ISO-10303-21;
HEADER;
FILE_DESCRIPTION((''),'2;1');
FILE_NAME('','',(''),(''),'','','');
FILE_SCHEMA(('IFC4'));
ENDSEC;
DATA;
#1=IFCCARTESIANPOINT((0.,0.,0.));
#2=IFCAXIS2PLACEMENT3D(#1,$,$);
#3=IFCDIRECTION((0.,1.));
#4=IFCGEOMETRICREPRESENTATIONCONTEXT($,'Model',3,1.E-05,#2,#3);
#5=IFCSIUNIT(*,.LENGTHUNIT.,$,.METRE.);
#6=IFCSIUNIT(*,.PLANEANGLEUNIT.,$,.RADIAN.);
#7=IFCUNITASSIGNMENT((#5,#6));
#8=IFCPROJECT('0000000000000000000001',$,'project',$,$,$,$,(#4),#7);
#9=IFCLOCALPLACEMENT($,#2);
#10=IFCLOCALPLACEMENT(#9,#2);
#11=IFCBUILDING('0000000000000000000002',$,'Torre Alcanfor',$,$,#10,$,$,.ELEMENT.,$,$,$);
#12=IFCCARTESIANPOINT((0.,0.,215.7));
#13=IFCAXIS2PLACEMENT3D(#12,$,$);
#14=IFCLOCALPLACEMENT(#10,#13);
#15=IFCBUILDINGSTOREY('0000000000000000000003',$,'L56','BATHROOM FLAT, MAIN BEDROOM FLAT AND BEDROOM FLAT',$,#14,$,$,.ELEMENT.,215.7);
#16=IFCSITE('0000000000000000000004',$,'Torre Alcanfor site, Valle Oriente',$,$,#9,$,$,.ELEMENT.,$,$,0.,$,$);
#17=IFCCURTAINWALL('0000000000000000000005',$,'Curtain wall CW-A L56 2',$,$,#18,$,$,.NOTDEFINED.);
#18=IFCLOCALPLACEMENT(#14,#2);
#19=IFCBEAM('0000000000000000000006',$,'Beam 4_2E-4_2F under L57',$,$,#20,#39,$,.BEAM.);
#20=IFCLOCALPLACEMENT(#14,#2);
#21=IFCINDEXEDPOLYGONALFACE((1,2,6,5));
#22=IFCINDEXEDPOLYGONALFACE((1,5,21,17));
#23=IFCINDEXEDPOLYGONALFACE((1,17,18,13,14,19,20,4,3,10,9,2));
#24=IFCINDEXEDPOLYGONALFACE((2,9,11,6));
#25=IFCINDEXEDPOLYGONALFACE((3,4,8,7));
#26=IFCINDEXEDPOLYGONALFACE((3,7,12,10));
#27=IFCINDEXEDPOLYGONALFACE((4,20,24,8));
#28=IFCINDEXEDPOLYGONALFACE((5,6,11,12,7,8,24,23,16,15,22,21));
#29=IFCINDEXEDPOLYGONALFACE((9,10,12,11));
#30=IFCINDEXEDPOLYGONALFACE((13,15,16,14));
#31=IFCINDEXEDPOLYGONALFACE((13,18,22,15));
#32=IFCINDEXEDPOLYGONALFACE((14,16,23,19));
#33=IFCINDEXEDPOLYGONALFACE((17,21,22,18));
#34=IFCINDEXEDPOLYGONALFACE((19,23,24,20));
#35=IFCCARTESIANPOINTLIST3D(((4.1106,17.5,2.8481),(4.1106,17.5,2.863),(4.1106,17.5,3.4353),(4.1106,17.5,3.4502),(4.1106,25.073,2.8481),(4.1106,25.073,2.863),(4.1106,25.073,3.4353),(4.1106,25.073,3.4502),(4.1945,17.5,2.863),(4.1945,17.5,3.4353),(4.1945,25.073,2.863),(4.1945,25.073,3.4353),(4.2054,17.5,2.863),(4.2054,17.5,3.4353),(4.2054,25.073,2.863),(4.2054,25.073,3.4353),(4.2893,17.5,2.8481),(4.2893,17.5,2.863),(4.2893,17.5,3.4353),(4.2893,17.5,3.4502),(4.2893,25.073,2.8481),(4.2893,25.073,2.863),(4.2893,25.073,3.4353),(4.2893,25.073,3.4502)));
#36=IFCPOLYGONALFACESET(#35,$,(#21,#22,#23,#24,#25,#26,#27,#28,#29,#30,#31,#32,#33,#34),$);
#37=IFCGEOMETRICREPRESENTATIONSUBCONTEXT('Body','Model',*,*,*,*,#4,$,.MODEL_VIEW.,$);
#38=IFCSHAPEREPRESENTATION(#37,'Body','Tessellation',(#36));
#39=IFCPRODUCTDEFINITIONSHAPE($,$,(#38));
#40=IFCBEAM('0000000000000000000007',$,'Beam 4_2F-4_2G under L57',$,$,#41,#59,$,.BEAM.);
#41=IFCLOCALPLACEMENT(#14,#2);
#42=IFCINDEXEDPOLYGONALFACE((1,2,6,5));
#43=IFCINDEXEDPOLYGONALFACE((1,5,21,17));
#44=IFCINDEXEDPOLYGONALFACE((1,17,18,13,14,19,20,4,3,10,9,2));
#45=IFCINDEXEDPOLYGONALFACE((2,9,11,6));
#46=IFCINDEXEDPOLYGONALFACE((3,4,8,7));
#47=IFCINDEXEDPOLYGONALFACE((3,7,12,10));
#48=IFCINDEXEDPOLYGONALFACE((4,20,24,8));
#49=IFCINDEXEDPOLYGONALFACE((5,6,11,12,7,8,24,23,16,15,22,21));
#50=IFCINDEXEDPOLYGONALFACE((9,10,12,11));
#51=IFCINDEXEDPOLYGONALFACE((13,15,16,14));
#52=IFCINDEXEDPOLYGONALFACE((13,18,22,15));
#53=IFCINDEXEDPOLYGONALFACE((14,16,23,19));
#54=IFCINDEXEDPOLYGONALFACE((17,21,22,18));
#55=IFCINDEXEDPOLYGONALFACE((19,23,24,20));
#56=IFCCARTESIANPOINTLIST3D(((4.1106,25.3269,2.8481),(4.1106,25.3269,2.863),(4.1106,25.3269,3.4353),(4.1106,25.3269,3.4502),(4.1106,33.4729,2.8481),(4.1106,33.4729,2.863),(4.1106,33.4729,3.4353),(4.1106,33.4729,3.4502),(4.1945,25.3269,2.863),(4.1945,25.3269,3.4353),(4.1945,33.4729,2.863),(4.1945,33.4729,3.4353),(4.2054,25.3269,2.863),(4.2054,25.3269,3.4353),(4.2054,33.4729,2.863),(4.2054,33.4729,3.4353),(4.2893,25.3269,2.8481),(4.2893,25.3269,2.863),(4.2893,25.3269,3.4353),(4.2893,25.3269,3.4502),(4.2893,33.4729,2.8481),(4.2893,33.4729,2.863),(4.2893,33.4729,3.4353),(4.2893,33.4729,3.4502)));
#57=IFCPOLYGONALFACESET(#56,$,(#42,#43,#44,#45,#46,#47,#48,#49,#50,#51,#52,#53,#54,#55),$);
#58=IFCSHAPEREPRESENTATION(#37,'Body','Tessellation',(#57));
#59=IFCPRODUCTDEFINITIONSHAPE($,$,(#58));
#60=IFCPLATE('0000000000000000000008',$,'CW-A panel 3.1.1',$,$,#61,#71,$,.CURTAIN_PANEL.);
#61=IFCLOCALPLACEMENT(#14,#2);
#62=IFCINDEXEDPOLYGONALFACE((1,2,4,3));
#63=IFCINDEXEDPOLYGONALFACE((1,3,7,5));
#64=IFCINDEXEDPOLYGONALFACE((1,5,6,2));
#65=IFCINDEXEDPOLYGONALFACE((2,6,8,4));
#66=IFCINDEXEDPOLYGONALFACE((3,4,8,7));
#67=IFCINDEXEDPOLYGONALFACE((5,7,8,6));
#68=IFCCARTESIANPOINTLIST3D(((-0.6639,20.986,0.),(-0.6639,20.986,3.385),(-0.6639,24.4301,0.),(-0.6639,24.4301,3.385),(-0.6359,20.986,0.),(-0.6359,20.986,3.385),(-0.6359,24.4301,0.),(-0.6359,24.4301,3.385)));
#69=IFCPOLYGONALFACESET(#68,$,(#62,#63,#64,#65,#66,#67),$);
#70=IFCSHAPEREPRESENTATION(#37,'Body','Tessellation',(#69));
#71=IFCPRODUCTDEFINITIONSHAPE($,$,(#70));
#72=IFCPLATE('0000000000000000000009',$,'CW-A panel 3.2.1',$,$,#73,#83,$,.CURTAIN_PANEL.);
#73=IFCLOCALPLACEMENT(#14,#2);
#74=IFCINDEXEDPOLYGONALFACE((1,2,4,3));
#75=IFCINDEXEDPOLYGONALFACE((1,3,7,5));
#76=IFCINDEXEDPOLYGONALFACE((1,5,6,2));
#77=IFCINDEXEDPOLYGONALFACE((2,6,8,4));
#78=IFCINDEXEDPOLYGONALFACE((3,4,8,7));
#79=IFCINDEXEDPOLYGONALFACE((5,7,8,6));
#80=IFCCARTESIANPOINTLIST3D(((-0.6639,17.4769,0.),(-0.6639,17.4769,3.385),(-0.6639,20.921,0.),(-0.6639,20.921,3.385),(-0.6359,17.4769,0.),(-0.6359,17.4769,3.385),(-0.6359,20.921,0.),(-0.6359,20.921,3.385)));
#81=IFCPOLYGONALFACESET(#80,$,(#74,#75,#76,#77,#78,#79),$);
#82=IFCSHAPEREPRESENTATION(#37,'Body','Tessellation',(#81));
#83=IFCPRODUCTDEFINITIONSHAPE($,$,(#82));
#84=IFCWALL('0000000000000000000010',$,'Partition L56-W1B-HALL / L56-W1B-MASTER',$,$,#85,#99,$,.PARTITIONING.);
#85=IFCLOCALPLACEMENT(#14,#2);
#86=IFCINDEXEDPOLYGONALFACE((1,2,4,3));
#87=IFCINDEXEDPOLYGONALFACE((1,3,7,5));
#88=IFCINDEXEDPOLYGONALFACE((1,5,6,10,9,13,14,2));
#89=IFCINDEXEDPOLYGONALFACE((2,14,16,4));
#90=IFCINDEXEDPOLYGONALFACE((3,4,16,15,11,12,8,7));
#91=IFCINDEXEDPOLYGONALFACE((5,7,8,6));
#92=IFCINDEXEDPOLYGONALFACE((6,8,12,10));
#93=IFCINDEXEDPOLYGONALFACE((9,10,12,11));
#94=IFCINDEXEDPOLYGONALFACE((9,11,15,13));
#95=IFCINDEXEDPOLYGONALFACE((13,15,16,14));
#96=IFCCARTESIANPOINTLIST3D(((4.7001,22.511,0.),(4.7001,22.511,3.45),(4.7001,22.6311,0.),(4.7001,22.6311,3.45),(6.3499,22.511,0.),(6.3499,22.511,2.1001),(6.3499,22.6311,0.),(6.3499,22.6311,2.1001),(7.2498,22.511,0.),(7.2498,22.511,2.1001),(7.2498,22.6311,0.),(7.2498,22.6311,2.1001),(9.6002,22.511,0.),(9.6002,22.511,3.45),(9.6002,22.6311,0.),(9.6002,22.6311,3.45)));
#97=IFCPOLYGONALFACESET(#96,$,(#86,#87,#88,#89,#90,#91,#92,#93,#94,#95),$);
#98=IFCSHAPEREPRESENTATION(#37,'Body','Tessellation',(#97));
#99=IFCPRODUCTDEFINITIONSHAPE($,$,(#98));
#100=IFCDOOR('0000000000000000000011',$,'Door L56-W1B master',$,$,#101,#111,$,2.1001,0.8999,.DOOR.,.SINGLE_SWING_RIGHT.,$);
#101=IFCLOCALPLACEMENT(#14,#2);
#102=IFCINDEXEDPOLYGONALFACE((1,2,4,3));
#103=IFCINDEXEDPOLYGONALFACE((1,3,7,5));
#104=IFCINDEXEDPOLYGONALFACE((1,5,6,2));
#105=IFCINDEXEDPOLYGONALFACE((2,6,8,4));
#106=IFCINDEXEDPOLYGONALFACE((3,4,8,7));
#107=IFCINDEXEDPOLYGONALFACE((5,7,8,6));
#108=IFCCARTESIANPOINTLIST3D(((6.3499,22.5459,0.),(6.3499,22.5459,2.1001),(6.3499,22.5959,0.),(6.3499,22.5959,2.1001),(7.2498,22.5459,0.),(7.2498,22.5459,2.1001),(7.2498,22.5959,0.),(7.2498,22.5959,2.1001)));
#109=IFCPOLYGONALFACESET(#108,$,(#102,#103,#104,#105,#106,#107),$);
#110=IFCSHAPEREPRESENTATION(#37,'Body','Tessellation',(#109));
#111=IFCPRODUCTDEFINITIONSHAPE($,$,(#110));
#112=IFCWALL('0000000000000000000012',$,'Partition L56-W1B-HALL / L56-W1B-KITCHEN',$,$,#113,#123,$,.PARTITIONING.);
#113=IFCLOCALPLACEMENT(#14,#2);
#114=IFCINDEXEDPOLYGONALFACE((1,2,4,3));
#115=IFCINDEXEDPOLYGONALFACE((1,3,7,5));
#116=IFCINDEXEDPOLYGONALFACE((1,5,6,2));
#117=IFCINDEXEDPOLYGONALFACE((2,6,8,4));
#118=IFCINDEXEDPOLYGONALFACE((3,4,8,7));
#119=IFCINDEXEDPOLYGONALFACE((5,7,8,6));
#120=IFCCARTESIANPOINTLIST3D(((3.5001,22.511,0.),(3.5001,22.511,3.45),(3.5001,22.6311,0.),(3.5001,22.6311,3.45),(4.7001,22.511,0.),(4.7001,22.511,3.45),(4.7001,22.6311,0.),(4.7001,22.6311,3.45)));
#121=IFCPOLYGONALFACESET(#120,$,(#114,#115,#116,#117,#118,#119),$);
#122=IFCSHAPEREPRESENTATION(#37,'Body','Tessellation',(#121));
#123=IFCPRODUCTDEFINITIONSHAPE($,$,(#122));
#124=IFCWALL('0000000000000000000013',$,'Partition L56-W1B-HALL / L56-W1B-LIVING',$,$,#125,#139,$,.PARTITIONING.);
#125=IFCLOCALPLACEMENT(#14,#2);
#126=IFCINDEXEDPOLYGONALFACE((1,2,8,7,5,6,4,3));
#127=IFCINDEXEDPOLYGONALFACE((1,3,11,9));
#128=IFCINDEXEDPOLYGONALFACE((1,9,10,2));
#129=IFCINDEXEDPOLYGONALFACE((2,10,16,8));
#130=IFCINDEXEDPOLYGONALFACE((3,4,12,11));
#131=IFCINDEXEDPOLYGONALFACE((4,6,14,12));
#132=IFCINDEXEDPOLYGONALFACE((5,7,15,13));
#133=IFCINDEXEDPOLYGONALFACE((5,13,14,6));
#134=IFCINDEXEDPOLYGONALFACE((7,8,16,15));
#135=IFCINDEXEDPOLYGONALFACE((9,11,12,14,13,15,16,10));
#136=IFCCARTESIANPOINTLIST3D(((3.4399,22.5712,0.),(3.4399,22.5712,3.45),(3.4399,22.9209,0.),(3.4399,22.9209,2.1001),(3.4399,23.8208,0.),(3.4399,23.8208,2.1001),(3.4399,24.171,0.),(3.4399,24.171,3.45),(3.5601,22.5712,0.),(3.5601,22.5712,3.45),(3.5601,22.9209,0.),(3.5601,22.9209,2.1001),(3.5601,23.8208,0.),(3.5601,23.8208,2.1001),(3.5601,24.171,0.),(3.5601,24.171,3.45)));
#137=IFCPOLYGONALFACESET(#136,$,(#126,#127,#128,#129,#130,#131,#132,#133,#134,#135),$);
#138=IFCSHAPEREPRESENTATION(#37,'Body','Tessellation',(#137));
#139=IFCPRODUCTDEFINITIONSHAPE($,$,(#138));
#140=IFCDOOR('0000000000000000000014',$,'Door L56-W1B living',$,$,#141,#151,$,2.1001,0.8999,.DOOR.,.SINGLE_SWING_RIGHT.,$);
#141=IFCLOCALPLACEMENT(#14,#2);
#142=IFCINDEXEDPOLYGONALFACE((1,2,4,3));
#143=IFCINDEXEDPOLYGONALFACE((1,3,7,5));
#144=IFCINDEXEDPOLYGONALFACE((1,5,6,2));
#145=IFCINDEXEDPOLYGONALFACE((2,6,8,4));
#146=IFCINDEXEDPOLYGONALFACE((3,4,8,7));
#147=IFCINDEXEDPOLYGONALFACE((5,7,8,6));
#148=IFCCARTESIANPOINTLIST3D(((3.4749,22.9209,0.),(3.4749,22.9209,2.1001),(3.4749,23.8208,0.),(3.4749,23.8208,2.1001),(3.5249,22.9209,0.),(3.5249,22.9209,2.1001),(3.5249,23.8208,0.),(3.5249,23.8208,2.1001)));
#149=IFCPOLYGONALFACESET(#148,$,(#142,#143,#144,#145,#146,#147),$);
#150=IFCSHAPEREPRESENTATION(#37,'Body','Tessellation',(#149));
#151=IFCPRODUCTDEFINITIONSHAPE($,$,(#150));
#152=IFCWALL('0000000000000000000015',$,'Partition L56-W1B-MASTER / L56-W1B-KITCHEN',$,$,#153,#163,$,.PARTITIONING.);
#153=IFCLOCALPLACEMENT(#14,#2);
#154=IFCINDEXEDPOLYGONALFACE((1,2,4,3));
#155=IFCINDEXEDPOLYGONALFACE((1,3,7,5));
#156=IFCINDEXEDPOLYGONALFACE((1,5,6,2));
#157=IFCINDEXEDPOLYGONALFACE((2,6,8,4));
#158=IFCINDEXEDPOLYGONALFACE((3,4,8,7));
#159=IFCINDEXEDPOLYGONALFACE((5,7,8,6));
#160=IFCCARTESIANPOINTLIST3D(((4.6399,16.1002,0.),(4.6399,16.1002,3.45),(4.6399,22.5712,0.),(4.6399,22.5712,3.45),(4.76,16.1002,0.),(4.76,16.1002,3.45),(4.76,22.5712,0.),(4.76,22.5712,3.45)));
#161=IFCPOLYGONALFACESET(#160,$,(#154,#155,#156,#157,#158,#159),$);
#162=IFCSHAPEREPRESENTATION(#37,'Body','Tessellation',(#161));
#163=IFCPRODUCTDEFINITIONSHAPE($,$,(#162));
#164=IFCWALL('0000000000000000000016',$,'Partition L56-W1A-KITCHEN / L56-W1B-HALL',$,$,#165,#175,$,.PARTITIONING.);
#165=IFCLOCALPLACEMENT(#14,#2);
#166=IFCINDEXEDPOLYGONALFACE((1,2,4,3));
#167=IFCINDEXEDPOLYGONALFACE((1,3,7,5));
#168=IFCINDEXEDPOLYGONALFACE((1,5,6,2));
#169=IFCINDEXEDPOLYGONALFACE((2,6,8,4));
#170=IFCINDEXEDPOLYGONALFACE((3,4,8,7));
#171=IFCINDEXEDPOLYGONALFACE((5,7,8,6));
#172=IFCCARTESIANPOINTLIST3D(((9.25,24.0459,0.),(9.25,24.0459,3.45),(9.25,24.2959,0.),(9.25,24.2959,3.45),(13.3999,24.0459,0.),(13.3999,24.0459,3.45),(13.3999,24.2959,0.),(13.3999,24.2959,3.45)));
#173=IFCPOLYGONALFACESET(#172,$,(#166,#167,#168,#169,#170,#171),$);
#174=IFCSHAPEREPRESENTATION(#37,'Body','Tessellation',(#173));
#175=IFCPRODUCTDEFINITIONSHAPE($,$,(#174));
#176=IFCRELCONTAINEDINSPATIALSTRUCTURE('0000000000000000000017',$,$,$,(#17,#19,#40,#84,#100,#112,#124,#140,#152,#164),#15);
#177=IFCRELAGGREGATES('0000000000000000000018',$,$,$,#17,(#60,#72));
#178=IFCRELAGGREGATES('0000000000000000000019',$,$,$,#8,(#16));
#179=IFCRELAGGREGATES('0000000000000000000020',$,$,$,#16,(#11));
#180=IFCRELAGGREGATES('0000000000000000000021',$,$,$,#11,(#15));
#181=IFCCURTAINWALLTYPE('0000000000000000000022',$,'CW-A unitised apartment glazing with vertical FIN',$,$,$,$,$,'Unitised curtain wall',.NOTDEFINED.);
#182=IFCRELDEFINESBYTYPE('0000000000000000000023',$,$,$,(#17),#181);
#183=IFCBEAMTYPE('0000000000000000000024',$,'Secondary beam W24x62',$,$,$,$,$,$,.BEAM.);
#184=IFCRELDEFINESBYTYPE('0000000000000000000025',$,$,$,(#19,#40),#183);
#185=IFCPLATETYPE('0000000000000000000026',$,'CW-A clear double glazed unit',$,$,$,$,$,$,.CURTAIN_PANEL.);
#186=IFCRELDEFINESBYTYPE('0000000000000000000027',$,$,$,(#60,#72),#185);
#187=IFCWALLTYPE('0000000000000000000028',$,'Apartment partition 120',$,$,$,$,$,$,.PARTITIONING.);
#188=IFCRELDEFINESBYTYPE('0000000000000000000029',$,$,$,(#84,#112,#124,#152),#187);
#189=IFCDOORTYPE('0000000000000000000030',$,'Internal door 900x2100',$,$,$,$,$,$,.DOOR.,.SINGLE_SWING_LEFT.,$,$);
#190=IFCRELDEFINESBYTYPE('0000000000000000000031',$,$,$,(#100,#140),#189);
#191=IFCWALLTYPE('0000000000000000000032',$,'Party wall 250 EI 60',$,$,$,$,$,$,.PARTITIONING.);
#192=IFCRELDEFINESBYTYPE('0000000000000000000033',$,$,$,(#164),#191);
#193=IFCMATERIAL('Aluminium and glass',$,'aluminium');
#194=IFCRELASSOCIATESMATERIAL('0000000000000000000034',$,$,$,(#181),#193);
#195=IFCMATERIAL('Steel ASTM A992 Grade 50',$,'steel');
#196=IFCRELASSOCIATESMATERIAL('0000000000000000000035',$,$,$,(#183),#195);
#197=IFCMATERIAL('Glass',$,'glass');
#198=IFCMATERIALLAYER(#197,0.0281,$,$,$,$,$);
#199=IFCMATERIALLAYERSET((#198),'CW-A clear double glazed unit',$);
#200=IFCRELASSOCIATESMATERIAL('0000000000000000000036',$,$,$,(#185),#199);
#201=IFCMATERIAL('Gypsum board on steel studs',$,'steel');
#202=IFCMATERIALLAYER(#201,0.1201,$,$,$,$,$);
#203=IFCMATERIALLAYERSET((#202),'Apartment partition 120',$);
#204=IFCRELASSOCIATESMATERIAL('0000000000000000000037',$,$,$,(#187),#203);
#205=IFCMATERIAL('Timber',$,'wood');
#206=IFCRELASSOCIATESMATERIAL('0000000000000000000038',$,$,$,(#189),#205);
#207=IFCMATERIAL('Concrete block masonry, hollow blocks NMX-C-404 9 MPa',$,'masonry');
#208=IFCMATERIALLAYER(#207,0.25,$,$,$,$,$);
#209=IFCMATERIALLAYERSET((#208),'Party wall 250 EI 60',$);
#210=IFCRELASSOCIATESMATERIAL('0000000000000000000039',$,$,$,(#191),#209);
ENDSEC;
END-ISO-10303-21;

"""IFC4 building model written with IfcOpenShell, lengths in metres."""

from ifc_helpers import new_model, si_unit, direction, frame, frame_2d, origin, origin_2d, place, context, subcontext, project, spatial, rectangle, i_section, extrude, material, layer, layer_set, material_profile, profile_set, type_object, element, fill, aggregate, save


model = new_model("IFC4")

# Units and contexts
model_context = context("Model", 3, precision=1e-05, world=origin(), true_north=direction((0.0, 1.0)))
body_context = subcontext(model_context, "Body", "Model", "MODEL_VIEW")
ifc_project = project(units=[si_unit("LENGTHUNIT", "METRE"), si_unit("PLANEANGLEUNIT", "RADIAN")], contexts=[model_context])

# Site, building, storey
site_placement = place(None, origin())
site = spatial("IfcSite", under=ifc_project, at=site_placement, Name="Torre Alcanfor site, Valle Oriente", CompositionType="ELEMENT", RefElevation=0.0)
building_placement = place(site_placement, origin())
building = spatial("IfcBuilding", under=site, at=building_placement, Name="Torre Alcanfor", CompositionType="ELEMENT")
storey_placement = place(building_placement, frame((0.0, 0.0, 215.7)))
storey = spatial("IfcBuildingStorey", under=building, at=storey_placement, Name="L56", Description="BATHROOM FLAT, MAIN BEDROOM FLAT AND BEDROOM FLAT", CompositionType="ELEMENT", Elevation=215.7)

# Curtain wall
ifc_material_1 = material(Name="Aluminium and glass", Category="aluminium")
curtain_wall_type = type_object("IfcCurtainWallType", Name="CW-A unitised apartment glazing with vertical FIN", ElementType="Unitised curtain wall", PredefinedType="NOTDEFINED", material=ifc_material_1)
curtain_wall_placement = place(storey_placement, origin())
curtain_wall = element("IfcCurtainWall", 1, at=curtain_wall_placement, inside=storey, type_object=curtain_wall_type, Name="Curtain wall CW-A L56 2", PredefinedType="NOTDEFINED")

# Beams
ifc_material_2 = material(Name="Steel ASTM A992 Grade 50", Category="steel")
ifc_material_profile_1 = material_profile(ifc_material_2, i_section(OverallWidth=0.1787, OverallDepth=0.6021, WebThickness=0.011, FlangeThickness=0.0149, at=origin_2d()), Name="W24x62")
ifc_profile_set_1 = profile_set([ifc_material_profile_1], Name="Steel ASTM A992 Grade 50")
beam_type_1 = type_object("IfcBeamType", Name="Secondary beam W24x62", PredefinedType="BEAM", material=ifc_profile_set_1)
beam_1_placement = place(storey_placement, frame((4.2, 17.5, 3.1492), z_axis=(0.0, 1.0, 0.0), x_axis=(-1.0, 0.0, 0.0)))
element("IfcBeam", 2, at=beam_1_placement, inside=storey, type_object=beam_type_1, Name="Beam 4_2E-4_2F under L57", PredefinedType="BEAM", context=body_context, shape_type="SweptSolid", body=[
    extrude(i_section(OverallWidth=0.1787, OverallDepth=0.6021, WebThickness=0.011, FlangeThickness=0.0149, at=origin_2d()), origin(), (0.0, 0.0, 1.0), 7.573),
])
beam_2_placement = place(storey_placement, frame((4.2, 25.3269, 3.1492), z_axis=(0.0, 1.0, 0.0), x_axis=(-1.0, 0.0, 0.0)))
element("IfcBeam", 3, at=beam_2_placement, inside=storey, type_object=beam_type_1, Name="Beam 4_2F-4_2G under L57", PredefinedType="BEAM", context=body_context, shape_type="SweptSolid", body=[
    extrude(i_section(OverallWidth=0.1787, OverallDepth=0.6021, WebThickness=0.011, FlangeThickness=0.0149, at=origin_2d()), origin(), (0.0, 0.0, 1.0), 8.146),
])

# Plates
ifc_material_3 = material(Name="Glass", Category="glass")
ifc_layer_1 = layer(ifc_material_3, 0.0281)
ifc_layer_set_1 = layer_set([ifc_layer_1], Name="CW-A clear double glazed unit")
plate_type = type_object("IfcPlateType", Name="CW-A clear double glazed unit", PredefinedType="CURTAIN_PANEL", material=ifc_layer_set_1)
plate_1_placement = place(storey_placement, frame((-0.6499, 22.708, 0.0), z_axis=(0.0, 0.0, 1.0), x_axis=(0.0, -1.0, 0.0)))
plate_1 = element("IfcPlate", 4, at=plate_1_placement, type_object=plate_type, Name="CW-A panel 3.1.1", PredefinedType="CURTAIN_PANEL", context=body_context, shape_type="SweptSolid", body=[
    extrude(rectangle(XDim=3.4441, YDim=0.0281, at=origin_2d()), origin(), (0.0, 0.0, 1.0), 3.385),
])
plate_2_placement = place(storey_placement, frame((-0.6499, 19.199, 0.0), z_axis=(0.0, 0.0, 1.0), x_axis=(0.0, -1.0, 0.0)))
plate_2 = element("IfcPlate", 5, at=plate_2_placement, type_object=plate_type, Name="CW-A panel 3.2.1", PredefinedType="CURTAIN_PANEL", context=body_context, shape_type="SweptSolid", body=[
    extrude(rectangle(XDim=3.4441, YDim=0.0281, at=origin_2d()), origin(), (0.0, 0.0, 1.0), 3.385),
])
aggregate(curtain_wall, [plate_1, plate_2])

# Wall, opening, door
ifc_material_4 = material(Name="Gypsum board on steel studs", Category="steel")
ifc_layer_2 = layer(ifc_material_4, 0.1201)
ifc_layer_set_2 = layer_set([ifc_layer_2], Name="Apartment partition 120")
wall_type_1 = type_object("IfcWallType", Name="Apartment partition 120", PredefinedType="PARTITIONING", material=ifc_layer_set_2)
wall_1_placement = place(storey_placement, frame((4.7, 22.571, 0.0), z_axis=(0.0, 0.0, 1.0), x_axis=(1.0, 0.0, 0.0)))
wall_1 = element("IfcWall", 6, at=wall_1_placement, inside=storey, type_object=wall_type_1, Name="Partition L56-W1B-HALL / L56-W1B-MASTER", PredefinedType="PARTITIONING", context=body_context, shape_type="SweptSolid", body=[
    extrude(rectangle(XDim=4.9001, YDim=0.1201, at=frame_2d((2.4502, 0.0))), origin(), (0.0, 0.0, 1.0), 3.45),
])
opening_1_placement = place(wall_1_placement, frame((1.6499, 0.0, 0.0)))
opening_1 = element("IfcOpeningElement", 7, at=opening_1_placement, cuts=wall_1, PredefinedType="OPENING", context=body_context, shape_type="SweptSolid", body=[
    extrude(rectangle(XDim=0.8999, YDim=2.1001, at=frame_2d((0.45, 1.05))), frame((0.0, 0.0701, 0.0), z_axis=(0.0, -1.0, 0.0), x_axis=(1.0, 0.0, 0.0)), (0.0, 0.0, 1.0), 0.1401),
])
ifc_material_5 = material(Name="Timber", Category="wood")
door_type = type_object("IfcDoorType", Name="Internal door 900x2100", OperationType="SINGLE_SWING_LEFT", PredefinedType="DOOR", material=ifc_material_5)
door_1_placement = place(opening_1_placement, frame((0.8999, 0.0, 0.0), z_axis=(0.0, 0.0, 1.0), x_axis=(-1.0, 0.0, 0.0)))
door_1 = element("IfcDoor", 8, at=door_1_placement, inside=storey, type_object=door_type, Name="Door L56-W1B master", OperationType="SINGLE_SWING_RIGHT", OverallHeight=2.1001, OverallWidth=0.8999, PredefinedType="DOOR", context=body_context, shape_type="SweptSolid", body=[
    extrude(rectangle(XDim=0.8999, YDim=2.1001, at=frame_2d((0.45, 1.05))), frame((0.0, 0.0251, 0.0), z_axis=(0.0, -1.0, 0.0), x_axis=(1.0, 0.0, 0.0)), (0.0, 0.0, 1.0), 0.05),
])
fill(opening_1, door_1)

# Wall
wall_2_placement = place(storey_placement, frame((3.5, 22.571, 0.0), z_axis=(0.0, 0.0, 1.0), x_axis=(1.0, 0.0, 0.0)))
element("IfcWall", 9, at=wall_2_placement, inside=storey, type_object=wall_type_1, Name="Partition L56-W1B-HALL / L56-W1B-KITCHEN", PredefinedType="PARTITIONING", context=body_context, shape_type="SweptSolid", body=[
    extrude(rectangle(XDim=1.2, YDim=0.1201, at=frame_2d((0.6001, 0.0))), origin(), (0.0, 0.0, 1.0), 3.45),
])

# Wall, opening, door
wall_3_placement = place(storey_placement, frame((3.5, 24.1709, 0.0), z_axis=(0.0, 0.0, 1.0), x_axis=(0.0, -1.0, 0.0)))
wall_3 = element("IfcWall", 10, at=wall_3_placement, inside=storey, type_object=wall_type_1, Name="Partition L56-W1B-HALL / L56-W1B-LIVING", PredefinedType="PARTITIONING", context=body_context, shape_type="SweptSolid", body=[
    extrude(rectangle(XDim=1.5999, YDim=0.1201, at=frame_2d((0.7998, 0.0))), origin(), (0.0, 0.0, 1.0), 3.45),
])
opening_2_placement = place(wall_3_placement, frame((0.3501, 0.0, 0.0)))
opening_2 = element("IfcOpeningElement", 11, at=opening_2_placement, cuts=wall_3, PredefinedType="OPENING", context=body_context, shape_type="SweptSolid", body=[
    extrude(rectangle(XDim=0.8999, YDim=2.1001, at=frame_2d((0.45, 1.05))), frame((0.0, 0.0701, 0.0), z_axis=(0.0, -1.0, 0.0), x_axis=(1.0, 0.0, 0.0)), (0.0, 0.0, 1.0), 0.1401),
])
door_2_placement = place(opening_2_placement, frame((0.8999, 0.0, 0.0), z_axis=(0.0, 0.0, 1.0), x_axis=(-1.0, 0.0, 0.0)))
door_2 = element("IfcDoor", 12, at=door_2_placement, inside=storey, type_object=door_type, Name="Door L56-W1B living", OperationType="SINGLE_SWING_RIGHT", OverallHeight=2.1001, OverallWidth=0.8999, PredefinedType="DOOR", context=body_context, shape_type="SweptSolid", body=[
    extrude(rectangle(XDim=0.8999, YDim=2.1001, at=frame_2d((0.45, 1.05))), frame((0.0, 0.0251, 0.0), z_axis=(0.0, -1.0, 0.0), x_axis=(1.0, 0.0, 0.0)), (0.0, 0.0, 1.0), 0.05),
])
fill(opening_2, door_2)

# Walls
wall_4_placement = place(storey_placement, frame((4.7, 22.571, 0.0), z_axis=(0.0, 0.0, 1.0), x_axis=(0.0, -1.0, 0.0)))
element("IfcWall", 13, at=wall_4_placement, inside=storey, type_object=wall_type_1, Name="Partition L56-W1B-MASTER / L56-W1B-KITCHEN", PredefinedType="PARTITIONING", context=body_context, shape_type="SweptSolid", body=[
    extrude(rectangle(XDim=6.4709, YDim=0.1201, at=frame_2d((3.2354, 0.0))), origin(), (0.0, 0.0, 1.0), 3.45),
])
ifc_material_6 = material(Name="Concrete block masonry, hollow blocks NMX-C-404 9 MPa", Category="masonry")
ifc_layer_3 = layer(ifc_material_6, 0.25)
ifc_layer_set_3 = layer_set([ifc_layer_3], Name="Party wall 250 EI 60")
wall_type_2 = type_object("IfcWallType", Name="Party wall 250 EI 60", PredefinedType="PARTITIONING", material=ifc_layer_set_3)
wall_5_placement = place(storey_placement, frame((9.25, 24.1709, 0.0), z_axis=(0.0, 0.0, 1.0), x_axis=(1.0, 0.0, 0.0)))
element("IfcWall", 14, at=wall_5_placement, inside=storey, type_object=wall_type_2, Name="Partition L56-W1A-KITCHEN / L56-W1B-HALL", PredefinedType="PARTITIONING", context=body_context, shape_type="SweptSolid", body=[
    extrude(rectangle(XDim=4.1499, YDim=0.25, at=frame_2d((2.075, 0.0))), origin(), (0.0, 0.0, 1.0), 3.45),
])

save(model, "model.ifc")
